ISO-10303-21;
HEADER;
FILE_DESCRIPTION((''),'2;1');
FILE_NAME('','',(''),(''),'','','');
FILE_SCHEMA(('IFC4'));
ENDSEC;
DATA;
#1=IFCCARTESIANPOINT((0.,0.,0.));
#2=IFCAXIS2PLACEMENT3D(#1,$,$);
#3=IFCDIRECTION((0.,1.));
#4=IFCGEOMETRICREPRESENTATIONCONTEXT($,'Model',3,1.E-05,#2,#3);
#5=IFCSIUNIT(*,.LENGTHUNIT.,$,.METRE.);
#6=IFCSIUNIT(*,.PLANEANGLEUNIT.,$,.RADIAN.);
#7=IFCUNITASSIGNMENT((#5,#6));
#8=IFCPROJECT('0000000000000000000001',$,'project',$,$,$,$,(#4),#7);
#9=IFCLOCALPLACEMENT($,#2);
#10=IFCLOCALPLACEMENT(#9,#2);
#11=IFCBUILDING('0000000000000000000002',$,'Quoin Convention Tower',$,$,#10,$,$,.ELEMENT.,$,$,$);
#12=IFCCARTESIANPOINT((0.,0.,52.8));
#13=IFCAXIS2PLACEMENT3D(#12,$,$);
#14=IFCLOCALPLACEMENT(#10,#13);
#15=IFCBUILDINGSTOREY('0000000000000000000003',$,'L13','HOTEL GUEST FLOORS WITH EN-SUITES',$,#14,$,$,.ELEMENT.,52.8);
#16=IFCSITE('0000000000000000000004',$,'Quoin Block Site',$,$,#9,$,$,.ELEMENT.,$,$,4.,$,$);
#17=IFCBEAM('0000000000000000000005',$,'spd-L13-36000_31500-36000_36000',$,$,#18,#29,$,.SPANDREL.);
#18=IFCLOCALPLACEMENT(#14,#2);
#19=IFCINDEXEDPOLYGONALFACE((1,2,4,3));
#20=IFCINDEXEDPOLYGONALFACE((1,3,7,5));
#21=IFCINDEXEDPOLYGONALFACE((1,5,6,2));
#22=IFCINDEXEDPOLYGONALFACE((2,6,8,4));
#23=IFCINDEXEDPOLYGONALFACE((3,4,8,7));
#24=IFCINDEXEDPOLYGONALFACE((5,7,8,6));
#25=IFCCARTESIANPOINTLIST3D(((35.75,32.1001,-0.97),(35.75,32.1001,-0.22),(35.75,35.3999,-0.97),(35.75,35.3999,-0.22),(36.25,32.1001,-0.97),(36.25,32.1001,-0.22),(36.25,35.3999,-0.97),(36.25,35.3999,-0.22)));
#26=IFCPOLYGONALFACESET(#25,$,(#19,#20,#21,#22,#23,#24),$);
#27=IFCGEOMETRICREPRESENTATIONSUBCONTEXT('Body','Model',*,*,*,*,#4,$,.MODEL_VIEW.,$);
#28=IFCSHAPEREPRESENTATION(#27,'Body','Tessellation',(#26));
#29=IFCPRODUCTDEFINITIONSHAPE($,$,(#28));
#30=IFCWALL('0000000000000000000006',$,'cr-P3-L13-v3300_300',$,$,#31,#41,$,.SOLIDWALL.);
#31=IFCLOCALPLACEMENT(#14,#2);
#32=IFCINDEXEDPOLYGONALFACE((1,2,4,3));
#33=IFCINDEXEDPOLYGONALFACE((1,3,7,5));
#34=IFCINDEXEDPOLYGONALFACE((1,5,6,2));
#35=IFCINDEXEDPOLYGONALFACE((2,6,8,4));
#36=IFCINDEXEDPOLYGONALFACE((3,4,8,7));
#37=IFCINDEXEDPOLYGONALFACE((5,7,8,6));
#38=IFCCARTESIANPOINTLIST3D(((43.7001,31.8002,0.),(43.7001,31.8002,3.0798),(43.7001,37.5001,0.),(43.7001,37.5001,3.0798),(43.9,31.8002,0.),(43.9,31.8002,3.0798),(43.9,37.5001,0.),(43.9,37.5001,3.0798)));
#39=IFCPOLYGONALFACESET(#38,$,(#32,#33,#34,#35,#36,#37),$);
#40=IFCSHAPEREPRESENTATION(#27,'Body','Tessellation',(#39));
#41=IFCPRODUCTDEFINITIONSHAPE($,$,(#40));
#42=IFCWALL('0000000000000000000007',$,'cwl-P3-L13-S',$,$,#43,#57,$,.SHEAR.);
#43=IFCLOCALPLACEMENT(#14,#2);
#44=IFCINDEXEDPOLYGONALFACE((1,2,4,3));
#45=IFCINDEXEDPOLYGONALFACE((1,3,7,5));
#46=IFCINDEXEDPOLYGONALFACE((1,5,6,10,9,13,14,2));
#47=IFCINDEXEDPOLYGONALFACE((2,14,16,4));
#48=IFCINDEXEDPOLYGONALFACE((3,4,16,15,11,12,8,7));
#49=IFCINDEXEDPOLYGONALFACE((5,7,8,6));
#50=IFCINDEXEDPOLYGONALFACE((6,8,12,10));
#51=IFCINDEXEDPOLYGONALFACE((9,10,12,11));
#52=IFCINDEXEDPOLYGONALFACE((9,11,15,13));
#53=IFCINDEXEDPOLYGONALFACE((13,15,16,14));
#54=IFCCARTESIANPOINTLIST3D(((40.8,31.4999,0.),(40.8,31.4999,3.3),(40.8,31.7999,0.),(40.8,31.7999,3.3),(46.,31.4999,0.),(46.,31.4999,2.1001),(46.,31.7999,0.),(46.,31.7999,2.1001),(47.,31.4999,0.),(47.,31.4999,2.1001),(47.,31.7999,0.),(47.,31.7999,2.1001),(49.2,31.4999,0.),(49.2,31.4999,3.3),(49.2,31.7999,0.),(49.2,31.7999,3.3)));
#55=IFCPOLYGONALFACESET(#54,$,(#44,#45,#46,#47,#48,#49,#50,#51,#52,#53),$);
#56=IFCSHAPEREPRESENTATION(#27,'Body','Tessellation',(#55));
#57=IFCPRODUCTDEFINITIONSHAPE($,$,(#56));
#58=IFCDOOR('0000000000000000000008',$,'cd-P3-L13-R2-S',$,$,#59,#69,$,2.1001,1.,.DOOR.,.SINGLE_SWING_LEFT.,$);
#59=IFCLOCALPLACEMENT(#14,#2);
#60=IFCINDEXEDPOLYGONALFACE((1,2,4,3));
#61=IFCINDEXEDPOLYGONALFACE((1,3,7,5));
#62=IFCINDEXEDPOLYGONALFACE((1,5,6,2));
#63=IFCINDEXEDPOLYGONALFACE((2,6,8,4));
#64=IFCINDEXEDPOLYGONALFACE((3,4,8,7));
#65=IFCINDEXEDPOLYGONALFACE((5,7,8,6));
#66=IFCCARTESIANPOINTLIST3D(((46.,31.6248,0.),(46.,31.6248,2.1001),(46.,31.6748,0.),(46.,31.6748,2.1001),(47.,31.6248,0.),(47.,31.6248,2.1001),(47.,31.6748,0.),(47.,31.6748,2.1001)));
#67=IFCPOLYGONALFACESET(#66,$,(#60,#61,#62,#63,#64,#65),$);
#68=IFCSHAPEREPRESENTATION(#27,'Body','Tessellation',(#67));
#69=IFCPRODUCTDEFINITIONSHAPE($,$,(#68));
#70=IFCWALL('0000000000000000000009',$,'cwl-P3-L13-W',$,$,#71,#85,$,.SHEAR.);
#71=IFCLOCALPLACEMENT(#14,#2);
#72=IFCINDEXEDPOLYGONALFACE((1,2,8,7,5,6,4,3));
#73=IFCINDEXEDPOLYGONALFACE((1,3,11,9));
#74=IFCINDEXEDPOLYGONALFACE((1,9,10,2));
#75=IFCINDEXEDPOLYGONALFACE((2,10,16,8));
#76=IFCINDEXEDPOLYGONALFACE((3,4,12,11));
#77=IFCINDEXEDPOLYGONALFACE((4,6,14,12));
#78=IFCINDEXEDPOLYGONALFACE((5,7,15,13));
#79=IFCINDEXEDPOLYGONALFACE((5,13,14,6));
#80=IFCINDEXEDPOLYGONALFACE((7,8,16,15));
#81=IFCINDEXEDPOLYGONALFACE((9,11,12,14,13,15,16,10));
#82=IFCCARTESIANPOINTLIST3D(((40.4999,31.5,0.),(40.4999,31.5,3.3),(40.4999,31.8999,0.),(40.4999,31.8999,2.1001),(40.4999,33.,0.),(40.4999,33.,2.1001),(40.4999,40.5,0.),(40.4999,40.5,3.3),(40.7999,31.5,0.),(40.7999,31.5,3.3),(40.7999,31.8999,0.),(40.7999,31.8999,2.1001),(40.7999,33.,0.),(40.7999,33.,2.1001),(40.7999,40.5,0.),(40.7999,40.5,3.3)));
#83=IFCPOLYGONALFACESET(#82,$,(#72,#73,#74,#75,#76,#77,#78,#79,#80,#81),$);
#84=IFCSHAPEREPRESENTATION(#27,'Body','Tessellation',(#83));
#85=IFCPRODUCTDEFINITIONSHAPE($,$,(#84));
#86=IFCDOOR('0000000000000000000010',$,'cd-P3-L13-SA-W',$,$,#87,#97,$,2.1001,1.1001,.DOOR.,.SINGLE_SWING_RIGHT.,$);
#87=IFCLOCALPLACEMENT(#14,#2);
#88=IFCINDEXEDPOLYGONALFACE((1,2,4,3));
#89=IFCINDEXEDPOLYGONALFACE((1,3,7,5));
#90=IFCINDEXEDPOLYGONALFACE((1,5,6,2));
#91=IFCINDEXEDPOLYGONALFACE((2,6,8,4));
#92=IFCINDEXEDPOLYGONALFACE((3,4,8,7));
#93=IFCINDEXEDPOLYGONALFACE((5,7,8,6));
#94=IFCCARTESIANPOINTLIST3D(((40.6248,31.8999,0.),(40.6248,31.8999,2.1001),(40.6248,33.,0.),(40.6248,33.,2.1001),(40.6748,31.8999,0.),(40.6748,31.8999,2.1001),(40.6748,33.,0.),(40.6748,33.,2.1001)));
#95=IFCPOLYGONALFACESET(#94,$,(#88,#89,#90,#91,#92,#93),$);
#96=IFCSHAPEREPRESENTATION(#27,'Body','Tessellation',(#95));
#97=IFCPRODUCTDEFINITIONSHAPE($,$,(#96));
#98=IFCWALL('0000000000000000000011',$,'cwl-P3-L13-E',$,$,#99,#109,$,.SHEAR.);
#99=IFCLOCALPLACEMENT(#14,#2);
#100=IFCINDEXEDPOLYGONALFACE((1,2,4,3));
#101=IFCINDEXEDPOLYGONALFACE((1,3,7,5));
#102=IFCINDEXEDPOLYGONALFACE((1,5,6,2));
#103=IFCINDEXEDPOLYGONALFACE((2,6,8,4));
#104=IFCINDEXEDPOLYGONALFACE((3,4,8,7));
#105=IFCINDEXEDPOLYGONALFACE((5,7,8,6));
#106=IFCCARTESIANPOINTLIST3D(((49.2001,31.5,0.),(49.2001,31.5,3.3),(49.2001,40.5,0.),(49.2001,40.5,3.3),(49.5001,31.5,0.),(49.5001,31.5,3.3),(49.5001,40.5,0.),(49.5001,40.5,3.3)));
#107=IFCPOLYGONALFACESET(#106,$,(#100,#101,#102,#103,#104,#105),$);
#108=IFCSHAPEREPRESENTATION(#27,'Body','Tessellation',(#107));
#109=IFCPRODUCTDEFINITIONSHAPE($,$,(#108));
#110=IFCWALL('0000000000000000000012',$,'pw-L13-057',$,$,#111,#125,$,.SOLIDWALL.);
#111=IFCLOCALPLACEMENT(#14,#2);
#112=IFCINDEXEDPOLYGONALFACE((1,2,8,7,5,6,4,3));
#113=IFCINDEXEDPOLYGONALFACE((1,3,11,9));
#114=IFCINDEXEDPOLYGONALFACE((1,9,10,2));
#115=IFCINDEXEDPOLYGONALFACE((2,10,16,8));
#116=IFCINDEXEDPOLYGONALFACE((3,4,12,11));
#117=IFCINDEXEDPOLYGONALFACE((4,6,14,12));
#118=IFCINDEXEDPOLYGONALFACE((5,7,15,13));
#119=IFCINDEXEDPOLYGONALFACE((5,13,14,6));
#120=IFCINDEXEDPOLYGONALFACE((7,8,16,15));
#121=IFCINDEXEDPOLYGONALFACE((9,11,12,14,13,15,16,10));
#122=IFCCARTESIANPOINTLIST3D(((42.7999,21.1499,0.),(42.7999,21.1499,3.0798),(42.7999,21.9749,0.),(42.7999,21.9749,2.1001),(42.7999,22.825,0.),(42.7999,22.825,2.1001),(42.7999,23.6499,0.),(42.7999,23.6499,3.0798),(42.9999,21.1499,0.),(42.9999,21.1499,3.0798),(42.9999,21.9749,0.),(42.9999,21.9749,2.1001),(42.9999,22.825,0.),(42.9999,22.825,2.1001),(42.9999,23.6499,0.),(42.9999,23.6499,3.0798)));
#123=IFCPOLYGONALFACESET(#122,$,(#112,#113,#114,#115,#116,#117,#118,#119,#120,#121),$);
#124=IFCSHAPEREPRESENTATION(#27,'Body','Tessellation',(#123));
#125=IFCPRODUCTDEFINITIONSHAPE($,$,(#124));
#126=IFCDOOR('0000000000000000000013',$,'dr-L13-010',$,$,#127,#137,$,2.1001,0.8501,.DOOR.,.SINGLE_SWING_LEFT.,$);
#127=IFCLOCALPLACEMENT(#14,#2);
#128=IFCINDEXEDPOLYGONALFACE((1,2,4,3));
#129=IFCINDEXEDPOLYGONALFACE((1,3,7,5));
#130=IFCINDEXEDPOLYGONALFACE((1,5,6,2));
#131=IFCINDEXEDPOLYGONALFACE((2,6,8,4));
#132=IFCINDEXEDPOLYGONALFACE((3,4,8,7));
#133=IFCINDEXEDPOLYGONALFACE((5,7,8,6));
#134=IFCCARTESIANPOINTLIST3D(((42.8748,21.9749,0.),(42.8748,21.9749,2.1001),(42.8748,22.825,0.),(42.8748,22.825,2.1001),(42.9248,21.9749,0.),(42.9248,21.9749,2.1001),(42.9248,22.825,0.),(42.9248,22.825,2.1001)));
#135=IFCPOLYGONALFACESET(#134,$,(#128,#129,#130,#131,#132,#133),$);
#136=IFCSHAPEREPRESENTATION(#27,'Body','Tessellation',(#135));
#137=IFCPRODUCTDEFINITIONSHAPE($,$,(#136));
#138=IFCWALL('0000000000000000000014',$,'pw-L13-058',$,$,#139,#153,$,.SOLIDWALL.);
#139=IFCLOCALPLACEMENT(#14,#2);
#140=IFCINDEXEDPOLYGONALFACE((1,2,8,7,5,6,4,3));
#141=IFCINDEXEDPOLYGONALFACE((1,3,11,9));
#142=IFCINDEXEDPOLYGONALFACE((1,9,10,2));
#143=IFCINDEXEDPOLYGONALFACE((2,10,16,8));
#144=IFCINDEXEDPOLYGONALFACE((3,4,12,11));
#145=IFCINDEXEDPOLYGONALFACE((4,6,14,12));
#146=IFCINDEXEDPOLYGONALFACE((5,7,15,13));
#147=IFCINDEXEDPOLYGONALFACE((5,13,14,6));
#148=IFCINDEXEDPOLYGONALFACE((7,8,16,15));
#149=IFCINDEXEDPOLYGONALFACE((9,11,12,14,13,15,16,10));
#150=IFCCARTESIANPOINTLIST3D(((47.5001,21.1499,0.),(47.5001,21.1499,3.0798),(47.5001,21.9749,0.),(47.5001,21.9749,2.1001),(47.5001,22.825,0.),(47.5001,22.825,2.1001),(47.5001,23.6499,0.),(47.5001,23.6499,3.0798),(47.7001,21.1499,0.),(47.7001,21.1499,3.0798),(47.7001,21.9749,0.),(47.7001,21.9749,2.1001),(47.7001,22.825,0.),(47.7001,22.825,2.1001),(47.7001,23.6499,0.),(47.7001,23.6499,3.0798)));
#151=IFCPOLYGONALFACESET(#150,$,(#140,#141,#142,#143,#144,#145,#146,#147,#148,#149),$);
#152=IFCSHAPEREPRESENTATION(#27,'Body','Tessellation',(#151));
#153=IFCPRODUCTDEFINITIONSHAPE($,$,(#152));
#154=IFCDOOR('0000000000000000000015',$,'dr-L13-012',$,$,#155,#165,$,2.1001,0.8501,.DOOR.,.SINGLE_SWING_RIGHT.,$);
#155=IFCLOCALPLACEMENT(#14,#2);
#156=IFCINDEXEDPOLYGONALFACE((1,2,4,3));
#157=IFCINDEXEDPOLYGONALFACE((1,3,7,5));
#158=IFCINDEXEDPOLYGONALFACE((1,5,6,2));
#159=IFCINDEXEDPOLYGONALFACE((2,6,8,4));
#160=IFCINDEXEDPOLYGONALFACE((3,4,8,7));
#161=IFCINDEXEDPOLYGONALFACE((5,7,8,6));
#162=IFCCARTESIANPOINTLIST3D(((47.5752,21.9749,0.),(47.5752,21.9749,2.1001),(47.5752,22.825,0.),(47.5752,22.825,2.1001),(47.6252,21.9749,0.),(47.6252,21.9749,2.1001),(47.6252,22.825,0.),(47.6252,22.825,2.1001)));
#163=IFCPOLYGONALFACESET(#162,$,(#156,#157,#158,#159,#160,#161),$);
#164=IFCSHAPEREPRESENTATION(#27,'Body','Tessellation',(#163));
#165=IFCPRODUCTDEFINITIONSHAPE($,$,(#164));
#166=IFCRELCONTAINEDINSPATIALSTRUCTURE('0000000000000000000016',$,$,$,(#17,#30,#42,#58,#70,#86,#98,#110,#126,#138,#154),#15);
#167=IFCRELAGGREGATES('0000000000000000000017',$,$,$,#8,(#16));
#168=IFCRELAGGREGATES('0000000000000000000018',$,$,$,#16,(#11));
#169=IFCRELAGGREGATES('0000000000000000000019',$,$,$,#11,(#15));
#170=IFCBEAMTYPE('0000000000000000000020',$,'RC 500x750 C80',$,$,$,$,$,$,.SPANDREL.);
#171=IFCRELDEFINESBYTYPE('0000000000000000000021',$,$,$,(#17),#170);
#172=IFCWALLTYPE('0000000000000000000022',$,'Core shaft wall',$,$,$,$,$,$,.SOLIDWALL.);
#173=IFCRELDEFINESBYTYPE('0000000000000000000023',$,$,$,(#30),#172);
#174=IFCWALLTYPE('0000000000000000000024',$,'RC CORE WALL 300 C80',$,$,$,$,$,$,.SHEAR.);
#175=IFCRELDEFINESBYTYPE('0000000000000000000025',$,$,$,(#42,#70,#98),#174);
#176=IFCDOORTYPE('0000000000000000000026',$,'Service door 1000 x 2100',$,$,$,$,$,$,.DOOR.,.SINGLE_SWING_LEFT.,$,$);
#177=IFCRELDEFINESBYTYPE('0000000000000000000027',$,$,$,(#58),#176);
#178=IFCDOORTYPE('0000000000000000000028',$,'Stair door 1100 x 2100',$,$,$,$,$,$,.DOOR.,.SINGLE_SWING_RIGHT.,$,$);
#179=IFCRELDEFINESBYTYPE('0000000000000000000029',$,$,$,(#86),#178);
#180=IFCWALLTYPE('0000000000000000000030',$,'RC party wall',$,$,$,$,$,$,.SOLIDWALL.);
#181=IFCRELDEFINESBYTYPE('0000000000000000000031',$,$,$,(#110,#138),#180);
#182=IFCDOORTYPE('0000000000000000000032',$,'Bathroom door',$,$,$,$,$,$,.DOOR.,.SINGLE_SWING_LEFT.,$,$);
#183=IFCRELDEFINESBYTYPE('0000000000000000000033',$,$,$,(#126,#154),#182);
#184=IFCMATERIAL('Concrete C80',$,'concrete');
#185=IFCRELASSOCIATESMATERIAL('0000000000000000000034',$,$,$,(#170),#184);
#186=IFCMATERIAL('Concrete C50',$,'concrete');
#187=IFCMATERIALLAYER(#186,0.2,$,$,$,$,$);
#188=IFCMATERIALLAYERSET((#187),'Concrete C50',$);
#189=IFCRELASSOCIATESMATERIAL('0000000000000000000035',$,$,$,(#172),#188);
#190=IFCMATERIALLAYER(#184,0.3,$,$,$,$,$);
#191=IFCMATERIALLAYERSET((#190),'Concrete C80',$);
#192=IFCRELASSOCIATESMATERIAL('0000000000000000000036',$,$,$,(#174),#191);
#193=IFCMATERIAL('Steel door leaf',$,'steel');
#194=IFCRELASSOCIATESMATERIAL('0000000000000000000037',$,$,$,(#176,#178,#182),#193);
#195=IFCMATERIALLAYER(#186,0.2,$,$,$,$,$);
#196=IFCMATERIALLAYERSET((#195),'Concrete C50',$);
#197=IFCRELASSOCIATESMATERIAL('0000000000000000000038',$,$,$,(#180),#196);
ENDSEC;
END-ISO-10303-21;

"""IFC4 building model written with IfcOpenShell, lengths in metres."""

from ifc_helpers import new_model, si_unit, direction, frame, frame_2d, origin, origin_2d, place, context, subcontext, project, spatial, rectangle, extrude, material, layer, layer_set, material_profile, profile_set, type_object, element, fill, save


model = new_model("IFC4")

# Units and contexts
model_context = context("Model", 3, precision=1e-05, world=origin(), true_north=direction((0.0, 1.0)))
body_context = subcontext(model_context, "Body", "Model", "MODEL_VIEW")
ifc_project = project(units=[si_unit("LENGTHUNIT", "METRE"), si_unit("PLANEANGLEUNIT", "RADIAN")], contexts=[model_context])

# Site, building, storey
site_placement = place(None, origin())
site = spatial("IfcSite", under=ifc_project, at=site_placement, Name="Quoin Block Site", CompositionType="ELEMENT", RefElevation=4.0)
building_placement = place(site_placement, origin())
building = spatial("IfcBuilding", under=site, at=building_placement, Name="Quoin Convention Tower", CompositionType="ELEMENT")
storey_placement = place(building_placement, frame((0.0, 0.0, 52.8)))
storey = spatial("IfcBuildingStorey", under=building, at=storey_placement, Name="L13", Description="HOTEL GUEST FLOORS WITH EN-SUITES", CompositionType="ELEMENT", Elevation=52.8)

# Beam
ifc_material_1 = material(Name="Concrete C80", Category="concrete")
ifc_material_profile = material_profile(ifc_material_1, rectangle(XDim=0.5, YDim=0.75, at=origin_2d()), Name="RC 500x750")
ifc_profile_set = profile_set([ifc_material_profile], Name="Concrete C80")
beam_type = type_object("IfcBeamType", Name="RC 500x750 C80", PredefinedType="SPANDREL", material=ifc_profile_set)
beam_placement = place(storey_placement, frame((36.0, 32.1001, -0.595), z_axis=(0.0, 1.0, 0.0), x_axis=(-1.0, 0.0, 0.0)))
element("IfcBeam", 1, at=beam_placement, inside=storey, type_object=beam_type, Name="spd-L13-36000_31500-36000_36000", PredefinedType="SPANDREL", context=body_context, shape_type="SweptSolid", body=[
    extrude(rectangle(XDim=0.5, YDim=0.75, at=origin_2d()), origin(), (0.0, 0.0, 1.0), 3.2998),
])

# Wall
ifc_material_2 = material(Name="Concrete C50", Category="concrete")
ifc_layer_1 = layer(ifc_material_2, 0.2)
ifc_layer_set_1 = layer_set([ifc_layer_1], Name="Concrete C50")
wall_type_1 = type_object("IfcWallType", Name="Core shaft wall", PredefinedType="SOLIDWALL", material=ifc_layer_set_1)
wall_1_placement = place(storey_placement, frame((43.8, 31.8, 0.0), z_axis=(0.0, 0.0, 1.0), x_axis=(0.0, 1.0, 0.0)))
element("IfcWall", 2, at=wall_1_placement, inside=storey, type_object=wall_type_1, Name="cr-P3-L13-v3300_300", PredefinedType="SOLIDWALL", context=body_context, shape_type="SweptSolid", body=[
    extrude(rectangle(XDim=5.7, YDim=0.2, at=frame_2d((2.8501, 0.0))), origin(), (0.0, 0.0, 1.0), 3.0798),
])

# Walls, openings, doors
ifc_layer_2 = layer(ifc_material_1, 0.3)
ifc_layer_set_2 = layer_set([ifc_layer_2], Name="Concrete C80")
wall_type_2 = type_object("IfcWallType", Name="RC CORE WALL 300 C80", PredefinedType="SHEAR", material=ifc_layer_set_2)
wall_2_placement = place(storey_placement, frame((40.8, 31.6499, 0.0), z_axis=(0.0, 0.0, 1.0), x_axis=(1.0, 0.0, 0.0)))
wall_2 = element("IfcWall", 3, at=wall_2_placement, inside=storey, type_object=wall_type_2, Name="cwl-P3-L13-S", PredefinedType="SHEAR", context=body_context, shape_type="SweptSolid", body=[
    extrude(rectangle(XDim=8.3999, YDim=0.3, at=frame_2d((4.2, 0.0))), origin(), (0.0, 0.0, 1.0), 3.3),
])
opening_1_placement = place(wall_2_placement, frame((5.2, 0.0, 0.0)))
opening_1 = element("IfcOpeningElement", 4, at=opening_1_placement, cuts=wall_2, PredefinedType="OPENING", context=body_context, shape_type="SweptSolid", body=[
    extrude(rectangle(XDim=1.0, YDim=2.1001, at=frame_2d((0.5, 1.05))), frame((0.0, 0.1599, 0.0), z_axis=(0.0, -1.0, 0.0), x_axis=(1.0, 0.0, 0.0)), (0.0, 0.0, 1.0), 0.3201),
])
ifc_material_3 = material(Name="Steel door leaf", Category="steel")
door_type_1 = type_object("IfcDoorType", Name="Service door 1000 x 2100", OperationType="SINGLE_SWING_LEFT", PredefinedType="DOOR", material=ifc_material_3)
door_1_placement = place(opening_1_placement, origin())
door_1 = element("IfcDoor", 5, at=door_1_placement, inside=storey, type_object=door_type_1, Name="cd-P3-L13-R2-S", OperationType="SINGLE_SWING_LEFT", OverallHeight=2.1001, OverallWidth=1.0, PredefinedType="DOOR", context=body_context, shape_type="SweptSolid", body=[
    extrude(rectangle(XDim=1.0, YDim=2.1001, at=frame_2d((0.5, 1.05))), frame((0.0, 0.0249, 0.0), z_axis=(0.0, -1.0, 0.0), x_axis=(1.0, 0.0, 0.0)), (0.0, 0.0, 1.0), 0.05),
])
fill(opening_1, door_1)
wall_3_placement = place(storey_placement, frame((40.6499, 31.5, 0.0), z_axis=(0.0, 0.0, 1.0), x_axis=(0.0, 1.0, 0.0)))
wall_3 = element("IfcWall", 6, at=wall_3_placement, inside=storey, type_object=wall_type_2, Name="cwl-P3-L13-W", PredefinedType="SHEAR", context=body_context, shape_type="SweptSolid", body=[
    extrude(rectangle(XDim=9.0, YDim=0.3, at=frame_2d((4.5, 0.0))), origin(), (0.0, 0.0, 1.0), 3.3),
])
opening_2_placement = place(wall_3_placement, frame((0.3999, 0.0, 0.0)))
opening_2 = element("IfcOpeningElement", 7, at=opening_2_placement, cuts=wall_3, PredefinedType="OPENING", context=body_context, shape_type="SweptSolid", body=[
    extrude(rectangle(XDim=1.1001, YDim=2.1001, at=frame_2d((0.55, 1.05))), frame((0.0, 0.1599, 0.0), z_axis=(0.0, -1.0, 0.0), x_axis=(1.0, 0.0, 0.0)), (0.0, 0.0, 1.0), 0.3201),
])
door_type_2 = type_object("IfcDoorType", Name="Stair door 1100 x 2100", OperationType="SINGLE_SWING_RIGHT", PredefinedType="DOOR", material=ifc_material_3)
door_2_placement = place(opening_2_placement, frame((1.1001, 0.0, 0.0), z_axis=(0.0, 0.0, 1.0), x_axis=(-1.0, 0.0, 0.0)))
door_2 = element("IfcDoor", 8, at=door_2_placement, inside=storey, type_object=door_type_2, Name="cd-P3-L13-SA-W", OperationType="SINGLE_SWING_RIGHT", OverallHeight=2.1001, OverallWidth=1.1001, PredefinedType="DOOR", context=body_context, shape_type="SweptSolid", body=[
    extrude(rectangle(XDim=1.1001, YDim=2.1001, at=frame_2d((0.55, 1.05))), frame((0.0, 0.0249, 0.0), z_axis=(0.0, -1.0, 0.0), x_axis=(1.0, 0.0, 0.0)), (0.0, 0.0, 1.0), 0.05),
])
fill(opening_2, door_2)

# Wall
wall_4_placement = place(storey_placement, frame((49.3501, 31.5, 0.0), z_axis=(0.0, 0.0, 1.0), x_axis=(0.0, 1.0, 0.0)))
element("IfcWall", 9, at=wall_4_placement, inside=storey, type_object=wall_type_2, Name="cwl-P3-L13-E", PredefinedType="SHEAR", context=body_context, shape_type="SweptSolid", body=[
    extrude(rectangle(XDim=9.0, YDim=0.3, at=frame_2d((4.5, 0.0))), origin(), (0.0, 0.0, 1.0), 3.3),
])

# Walls, openings, doors
ifc_layer_3 = layer(ifc_material_2, 0.2)
ifc_layer_set_3 = layer_set([ifc_layer_3], Name="Concrete C50")
wall_type_3 = type_object("IfcWallType", Name="RC party wall", PredefinedType="SOLIDWALL", material=ifc_layer_set_3)
wall_5_placement = place(storey_placement, frame((42.8999, 21.1499, 0.0), z_axis=(0.0, 0.0, 1.0), x_axis=(0.0, 1.0, 0.0)))
wall_5 = element("IfcWall", 10, at=wall_5_placement, inside=storey, type_object=wall_type_3, Name="pw-L13-057", PredefinedType="SOLIDWALL", context=body_context, shape_type="SweptSolid", body=[
    extrude(rectangle(XDim=2.5, YDim=0.2, at=frame_2d((1.25, 0.0))), origin(), (0.0, 0.0, 1.0), 3.0798),
])
opening_3_placement = place(wall_5_placement, frame((0.825, 0.0, 0.0)))
opening_3 = element("IfcOpeningElement", 11, at=opening_3_placement, cuts=wall_5, PredefinedType="OPENING", context=body_context, shape_type="SweptSolid", body=[
    extrude(rectangle(XDim=0.8501, YDim=2.1001, at=frame_2d((0.425, 1.05))), frame((0.0, 0.1099, 0.0), z_axis=(0.0, -1.0, 0.0), x_axis=(1.0, 0.0, 0.0)), (0.0, 0.0, 1.0), 0.22),
])
door_type_3 = type_object("IfcDoorType", Name="Bathroom door", OperationType="SINGLE_SWING_LEFT", PredefinedType="DOOR", material=ifc_material_3)
door_3_placement = place(opening_3_placement, frame((0.8501, 0.0, 0.0), z_axis=(0.0, 0.0, 1.0), x_axis=(-1.0, 0.0, 0.0)))
door_3 = element("IfcDoor", 12, at=door_3_placement, inside=storey, type_object=door_type_3, Name="dr-L13-010", OperationType="SINGLE_SWING_LEFT", OverallHeight=2.1001, OverallWidth=0.8501, PredefinedType="DOOR", context=body_context, shape_type="SweptSolid", body=[
    extrude(rectangle(XDim=0.8501, YDim=2.1001, at=frame_2d((0.425, 1.05))), frame((0.0, 0.0249, 0.0), z_axis=(0.0, -1.0, 0.0), x_axis=(1.0, 0.0, 0.0)), (0.0, 0.0, 1.0), 0.05),
])
fill(opening_3, door_3)
wall_6_placement = place(storey_placement, frame((47.6001, 21.1499, 0.0), z_axis=(0.0, 0.0, 1.0), x_axis=(0.0, 1.0, 0.0)))
wall_6 = element("IfcWall", 13, at=wall_6_placement, inside=storey, type_object=wall_type_3, Name="pw-L13-058", PredefinedType="SOLIDWALL", context=body_context, shape_type="SweptSolid", body=[
    extrude(rectangle(XDim=2.5, YDim=0.2, at=frame_2d((1.25, 0.0))), origin(), (0.0, 0.0, 1.0), 3.0798),
])
opening_4_placement = place(wall_6_placement, frame((0.825, 0.0, 0.0)))
opening_4 = element("IfcOpeningElement", 14, at=opening_4_placement, cuts=wall_6, PredefinedType="OPENING", context=body_context, shape_type="SweptSolid", body=[
    extrude(rectangle(XDim=0.8501, YDim=2.1001, at=frame_2d((0.425, 1.05))), frame((0.0, 0.1099, 0.0), z_axis=(0.0, -1.0, 0.0), x_axis=(1.0, 0.0, 0.0)), (0.0, 0.0, 1.0), 0.22),
])
door_4_placement = place(opening_4_placement, origin())
door_4 = element("IfcDoor", 15, at=door_4_placement, inside=storey, type_object=door_type_3, Name="dr-L13-012", OperationType="SINGLE_SWING_RIGHT", OverallHeight=2.1001, OverallWidth=0.8501, PredefinedType="DOOR", context=body_context, shape_type="SweptSolid", body=[
    extrude(rectangle(XDim=0.8501, YDim=2.1001, at=frame_2d((0.425, 1.05))), frame((0.0, 0.0249, 0.0), z_axis=(0.0, -1.0, 0.0), x_axis=(1.0, 0.0, 0.0)), (0.0, 0.0, 1.0), 0.05),
])
fill(opening_4, door_4)

save(model, "model.ifc")
